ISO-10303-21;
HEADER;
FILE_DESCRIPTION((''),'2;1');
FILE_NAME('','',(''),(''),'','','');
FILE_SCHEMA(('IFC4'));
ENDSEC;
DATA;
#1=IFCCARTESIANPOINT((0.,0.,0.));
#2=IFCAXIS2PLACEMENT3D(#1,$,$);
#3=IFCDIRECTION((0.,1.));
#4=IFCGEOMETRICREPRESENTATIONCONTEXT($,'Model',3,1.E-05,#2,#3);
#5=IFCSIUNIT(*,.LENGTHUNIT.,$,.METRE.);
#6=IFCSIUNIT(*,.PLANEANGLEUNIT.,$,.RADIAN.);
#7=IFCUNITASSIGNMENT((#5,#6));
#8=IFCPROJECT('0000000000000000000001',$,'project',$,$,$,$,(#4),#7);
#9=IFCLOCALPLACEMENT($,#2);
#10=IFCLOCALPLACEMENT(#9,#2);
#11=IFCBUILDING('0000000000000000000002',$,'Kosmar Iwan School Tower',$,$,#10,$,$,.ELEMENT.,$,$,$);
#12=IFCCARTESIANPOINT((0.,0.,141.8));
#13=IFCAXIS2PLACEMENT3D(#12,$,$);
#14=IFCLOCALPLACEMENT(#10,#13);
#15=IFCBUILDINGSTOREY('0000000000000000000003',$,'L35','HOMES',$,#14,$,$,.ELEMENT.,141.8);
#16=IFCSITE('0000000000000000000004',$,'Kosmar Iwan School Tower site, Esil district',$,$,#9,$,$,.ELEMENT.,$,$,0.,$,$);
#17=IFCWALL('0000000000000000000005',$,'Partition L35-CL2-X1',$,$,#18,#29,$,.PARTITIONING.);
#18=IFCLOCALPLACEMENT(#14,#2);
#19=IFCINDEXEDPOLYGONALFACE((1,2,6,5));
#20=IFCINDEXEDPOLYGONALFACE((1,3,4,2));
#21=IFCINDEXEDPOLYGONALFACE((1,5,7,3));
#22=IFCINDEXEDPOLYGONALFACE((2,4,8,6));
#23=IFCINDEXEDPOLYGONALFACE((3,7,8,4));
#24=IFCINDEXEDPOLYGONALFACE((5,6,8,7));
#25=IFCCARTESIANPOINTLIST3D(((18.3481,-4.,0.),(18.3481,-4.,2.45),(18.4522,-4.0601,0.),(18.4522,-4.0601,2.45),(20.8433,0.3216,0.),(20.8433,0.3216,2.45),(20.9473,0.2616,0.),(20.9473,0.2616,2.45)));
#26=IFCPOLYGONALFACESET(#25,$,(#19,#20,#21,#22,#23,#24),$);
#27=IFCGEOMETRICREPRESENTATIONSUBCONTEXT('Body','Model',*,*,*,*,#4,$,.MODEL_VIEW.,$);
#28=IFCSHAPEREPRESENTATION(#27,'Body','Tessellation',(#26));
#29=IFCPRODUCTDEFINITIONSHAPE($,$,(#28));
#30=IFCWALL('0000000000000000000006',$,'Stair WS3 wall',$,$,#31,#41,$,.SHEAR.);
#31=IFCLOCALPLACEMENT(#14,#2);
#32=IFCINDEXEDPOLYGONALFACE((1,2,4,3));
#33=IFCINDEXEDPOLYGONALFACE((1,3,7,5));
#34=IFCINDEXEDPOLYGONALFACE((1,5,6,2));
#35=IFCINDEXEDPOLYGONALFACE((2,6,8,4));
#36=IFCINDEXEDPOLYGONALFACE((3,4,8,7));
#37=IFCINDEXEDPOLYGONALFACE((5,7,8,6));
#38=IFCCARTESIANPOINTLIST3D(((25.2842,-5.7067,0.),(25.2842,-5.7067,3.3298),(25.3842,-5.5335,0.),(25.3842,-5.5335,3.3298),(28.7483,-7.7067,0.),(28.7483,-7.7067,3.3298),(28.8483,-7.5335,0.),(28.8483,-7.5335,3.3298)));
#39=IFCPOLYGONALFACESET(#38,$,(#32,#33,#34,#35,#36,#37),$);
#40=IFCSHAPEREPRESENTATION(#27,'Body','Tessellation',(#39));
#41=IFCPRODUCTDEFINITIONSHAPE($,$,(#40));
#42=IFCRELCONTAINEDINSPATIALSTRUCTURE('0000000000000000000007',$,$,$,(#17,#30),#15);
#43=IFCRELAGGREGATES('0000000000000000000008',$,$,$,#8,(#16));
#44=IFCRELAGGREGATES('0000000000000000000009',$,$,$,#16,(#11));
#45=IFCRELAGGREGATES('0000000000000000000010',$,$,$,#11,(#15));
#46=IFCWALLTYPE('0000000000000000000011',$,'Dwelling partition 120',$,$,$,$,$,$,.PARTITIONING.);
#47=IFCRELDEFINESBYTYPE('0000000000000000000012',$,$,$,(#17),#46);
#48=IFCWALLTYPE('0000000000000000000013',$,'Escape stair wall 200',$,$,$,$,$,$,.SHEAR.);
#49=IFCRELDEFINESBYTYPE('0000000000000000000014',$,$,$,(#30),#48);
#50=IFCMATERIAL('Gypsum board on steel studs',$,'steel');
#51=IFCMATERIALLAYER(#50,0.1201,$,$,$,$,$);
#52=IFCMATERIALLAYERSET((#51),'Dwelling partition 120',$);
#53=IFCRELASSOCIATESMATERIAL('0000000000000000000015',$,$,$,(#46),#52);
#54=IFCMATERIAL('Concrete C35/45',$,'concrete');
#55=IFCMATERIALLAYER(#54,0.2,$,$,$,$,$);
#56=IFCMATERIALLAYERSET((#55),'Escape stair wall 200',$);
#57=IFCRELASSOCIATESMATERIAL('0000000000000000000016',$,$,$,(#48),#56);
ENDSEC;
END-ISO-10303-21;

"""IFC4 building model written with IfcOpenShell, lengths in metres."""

from ifc_helpers import new_model, si_unit, direction, frame, frame_2d, origin, place, context, subcontext, project, spatial, rectangle, extrude, material, layer, layer_set, type_object, element, save


model = new_model("IFC4")

# Units and contexts
model_context = context("Model", 3, precision=1e-05, world=origin(), true_north=direction((0.0, 1.0)))
body_context = subcontext(model_context, "Body", "Model", "MODEL_VIEW")
ifc_project = project(units=[si_unit("LENGTHUNIT", "METRE"), si_unit("PLANEANGLEUNIT", "RADIAN")], contexts=[model_context])

# Site, building, storey
site_placement = place(None, origin())
site = spatial("IfcSite", under=ifc_project, at=site_placement, Name="Kosmar Iwan School Tower site, Esil district", CompositionType="ELEMENT", RefElevation=0.0)
building_placement = place(site_placement, origin())
building = spatial("IfcBuilding", under=site, at=building_placement, Name="Kosmar Iwan School Tower", CompositionType="ELEMENT")
storey_placement = place(building_placement, frame((0.0, 0.0, 141.8)))
storey = spatial("IfcBuildingStorey", under=building, at=storey_placement, Name="L35", Description="HOMES", CompositionType="ELEMENT", Elevation=141.8)

# Shared definitions
ifc_material_1 = material(Name="Gypsum board on steel studs", Category="steel")
ifc_layer_1 = layer(ifc_material_1, 0.1201)
ifc_layer_set_1 = layer_set([ifc_layer_1], Name="Dwelling partition 120")
wall_type_1 = type_object("IfcWallType", Name="Dwelling partition 120", PredefinedType="PARTITIONING", material=ifc_layer_set_1)

# Walls
wall_1_placement = place(storey_placement, frame((18.4001, -4.03, 0.0), z_axis=(0.0, 0.0, 1.0), x_axis=(0.500012, 0.866019, 0.0)))
element("IfcWall", 1, at=wall_1_placement, inside=storey, type_object=wall_type_1, Name="Partition L35-CL2-X1", PredefinedType="PARTITIONING", context=body_context, shape_type="SweptSolid", body=[
    extrude(rectangle(XDim=4.9902, YDim=0.1201, at=frame_2d((2.4951, 0.0))), origin(), (0.0, 0.0, 1.0), 2.45),
])
ifc_material_2 = material(Name="Concrete C35/45", Category="concrete")
ifc_layer_2 = layer(ifc_material_2, 0.2)
ifc_layer_set_2 = layer_set([ifc_layer_2], Name="Escape stair wall 200")
wall_type_2 = type_object("IfcWallType", Name="Escape stair wall 200", PredefinedType="SHEAR", material=ifc_layer_set_2)
wall_2_placement = place(storey_placement, frame((25.3342, -5.6201, 0.0), z_axis=(0.0, 0.0, 1.0), x_axis=(0.866026, -0.499999, 0.0)))
element("IfcWall", 2, at=wall_2_placement, inside=storey, type_object=wall_type_2, Name="Stair WS3 wall", PredefinedType="SHEAR", context=body_context, shape_type="SweptSolid", body=[
    extrude(rectangle(XDim=4.0, YDim=0.2, at=frame_2d((2.0, 0.0))), origin(), (0.0, 0.0, 1.0), 3.3298),
])

save(model, "model.ifc")
